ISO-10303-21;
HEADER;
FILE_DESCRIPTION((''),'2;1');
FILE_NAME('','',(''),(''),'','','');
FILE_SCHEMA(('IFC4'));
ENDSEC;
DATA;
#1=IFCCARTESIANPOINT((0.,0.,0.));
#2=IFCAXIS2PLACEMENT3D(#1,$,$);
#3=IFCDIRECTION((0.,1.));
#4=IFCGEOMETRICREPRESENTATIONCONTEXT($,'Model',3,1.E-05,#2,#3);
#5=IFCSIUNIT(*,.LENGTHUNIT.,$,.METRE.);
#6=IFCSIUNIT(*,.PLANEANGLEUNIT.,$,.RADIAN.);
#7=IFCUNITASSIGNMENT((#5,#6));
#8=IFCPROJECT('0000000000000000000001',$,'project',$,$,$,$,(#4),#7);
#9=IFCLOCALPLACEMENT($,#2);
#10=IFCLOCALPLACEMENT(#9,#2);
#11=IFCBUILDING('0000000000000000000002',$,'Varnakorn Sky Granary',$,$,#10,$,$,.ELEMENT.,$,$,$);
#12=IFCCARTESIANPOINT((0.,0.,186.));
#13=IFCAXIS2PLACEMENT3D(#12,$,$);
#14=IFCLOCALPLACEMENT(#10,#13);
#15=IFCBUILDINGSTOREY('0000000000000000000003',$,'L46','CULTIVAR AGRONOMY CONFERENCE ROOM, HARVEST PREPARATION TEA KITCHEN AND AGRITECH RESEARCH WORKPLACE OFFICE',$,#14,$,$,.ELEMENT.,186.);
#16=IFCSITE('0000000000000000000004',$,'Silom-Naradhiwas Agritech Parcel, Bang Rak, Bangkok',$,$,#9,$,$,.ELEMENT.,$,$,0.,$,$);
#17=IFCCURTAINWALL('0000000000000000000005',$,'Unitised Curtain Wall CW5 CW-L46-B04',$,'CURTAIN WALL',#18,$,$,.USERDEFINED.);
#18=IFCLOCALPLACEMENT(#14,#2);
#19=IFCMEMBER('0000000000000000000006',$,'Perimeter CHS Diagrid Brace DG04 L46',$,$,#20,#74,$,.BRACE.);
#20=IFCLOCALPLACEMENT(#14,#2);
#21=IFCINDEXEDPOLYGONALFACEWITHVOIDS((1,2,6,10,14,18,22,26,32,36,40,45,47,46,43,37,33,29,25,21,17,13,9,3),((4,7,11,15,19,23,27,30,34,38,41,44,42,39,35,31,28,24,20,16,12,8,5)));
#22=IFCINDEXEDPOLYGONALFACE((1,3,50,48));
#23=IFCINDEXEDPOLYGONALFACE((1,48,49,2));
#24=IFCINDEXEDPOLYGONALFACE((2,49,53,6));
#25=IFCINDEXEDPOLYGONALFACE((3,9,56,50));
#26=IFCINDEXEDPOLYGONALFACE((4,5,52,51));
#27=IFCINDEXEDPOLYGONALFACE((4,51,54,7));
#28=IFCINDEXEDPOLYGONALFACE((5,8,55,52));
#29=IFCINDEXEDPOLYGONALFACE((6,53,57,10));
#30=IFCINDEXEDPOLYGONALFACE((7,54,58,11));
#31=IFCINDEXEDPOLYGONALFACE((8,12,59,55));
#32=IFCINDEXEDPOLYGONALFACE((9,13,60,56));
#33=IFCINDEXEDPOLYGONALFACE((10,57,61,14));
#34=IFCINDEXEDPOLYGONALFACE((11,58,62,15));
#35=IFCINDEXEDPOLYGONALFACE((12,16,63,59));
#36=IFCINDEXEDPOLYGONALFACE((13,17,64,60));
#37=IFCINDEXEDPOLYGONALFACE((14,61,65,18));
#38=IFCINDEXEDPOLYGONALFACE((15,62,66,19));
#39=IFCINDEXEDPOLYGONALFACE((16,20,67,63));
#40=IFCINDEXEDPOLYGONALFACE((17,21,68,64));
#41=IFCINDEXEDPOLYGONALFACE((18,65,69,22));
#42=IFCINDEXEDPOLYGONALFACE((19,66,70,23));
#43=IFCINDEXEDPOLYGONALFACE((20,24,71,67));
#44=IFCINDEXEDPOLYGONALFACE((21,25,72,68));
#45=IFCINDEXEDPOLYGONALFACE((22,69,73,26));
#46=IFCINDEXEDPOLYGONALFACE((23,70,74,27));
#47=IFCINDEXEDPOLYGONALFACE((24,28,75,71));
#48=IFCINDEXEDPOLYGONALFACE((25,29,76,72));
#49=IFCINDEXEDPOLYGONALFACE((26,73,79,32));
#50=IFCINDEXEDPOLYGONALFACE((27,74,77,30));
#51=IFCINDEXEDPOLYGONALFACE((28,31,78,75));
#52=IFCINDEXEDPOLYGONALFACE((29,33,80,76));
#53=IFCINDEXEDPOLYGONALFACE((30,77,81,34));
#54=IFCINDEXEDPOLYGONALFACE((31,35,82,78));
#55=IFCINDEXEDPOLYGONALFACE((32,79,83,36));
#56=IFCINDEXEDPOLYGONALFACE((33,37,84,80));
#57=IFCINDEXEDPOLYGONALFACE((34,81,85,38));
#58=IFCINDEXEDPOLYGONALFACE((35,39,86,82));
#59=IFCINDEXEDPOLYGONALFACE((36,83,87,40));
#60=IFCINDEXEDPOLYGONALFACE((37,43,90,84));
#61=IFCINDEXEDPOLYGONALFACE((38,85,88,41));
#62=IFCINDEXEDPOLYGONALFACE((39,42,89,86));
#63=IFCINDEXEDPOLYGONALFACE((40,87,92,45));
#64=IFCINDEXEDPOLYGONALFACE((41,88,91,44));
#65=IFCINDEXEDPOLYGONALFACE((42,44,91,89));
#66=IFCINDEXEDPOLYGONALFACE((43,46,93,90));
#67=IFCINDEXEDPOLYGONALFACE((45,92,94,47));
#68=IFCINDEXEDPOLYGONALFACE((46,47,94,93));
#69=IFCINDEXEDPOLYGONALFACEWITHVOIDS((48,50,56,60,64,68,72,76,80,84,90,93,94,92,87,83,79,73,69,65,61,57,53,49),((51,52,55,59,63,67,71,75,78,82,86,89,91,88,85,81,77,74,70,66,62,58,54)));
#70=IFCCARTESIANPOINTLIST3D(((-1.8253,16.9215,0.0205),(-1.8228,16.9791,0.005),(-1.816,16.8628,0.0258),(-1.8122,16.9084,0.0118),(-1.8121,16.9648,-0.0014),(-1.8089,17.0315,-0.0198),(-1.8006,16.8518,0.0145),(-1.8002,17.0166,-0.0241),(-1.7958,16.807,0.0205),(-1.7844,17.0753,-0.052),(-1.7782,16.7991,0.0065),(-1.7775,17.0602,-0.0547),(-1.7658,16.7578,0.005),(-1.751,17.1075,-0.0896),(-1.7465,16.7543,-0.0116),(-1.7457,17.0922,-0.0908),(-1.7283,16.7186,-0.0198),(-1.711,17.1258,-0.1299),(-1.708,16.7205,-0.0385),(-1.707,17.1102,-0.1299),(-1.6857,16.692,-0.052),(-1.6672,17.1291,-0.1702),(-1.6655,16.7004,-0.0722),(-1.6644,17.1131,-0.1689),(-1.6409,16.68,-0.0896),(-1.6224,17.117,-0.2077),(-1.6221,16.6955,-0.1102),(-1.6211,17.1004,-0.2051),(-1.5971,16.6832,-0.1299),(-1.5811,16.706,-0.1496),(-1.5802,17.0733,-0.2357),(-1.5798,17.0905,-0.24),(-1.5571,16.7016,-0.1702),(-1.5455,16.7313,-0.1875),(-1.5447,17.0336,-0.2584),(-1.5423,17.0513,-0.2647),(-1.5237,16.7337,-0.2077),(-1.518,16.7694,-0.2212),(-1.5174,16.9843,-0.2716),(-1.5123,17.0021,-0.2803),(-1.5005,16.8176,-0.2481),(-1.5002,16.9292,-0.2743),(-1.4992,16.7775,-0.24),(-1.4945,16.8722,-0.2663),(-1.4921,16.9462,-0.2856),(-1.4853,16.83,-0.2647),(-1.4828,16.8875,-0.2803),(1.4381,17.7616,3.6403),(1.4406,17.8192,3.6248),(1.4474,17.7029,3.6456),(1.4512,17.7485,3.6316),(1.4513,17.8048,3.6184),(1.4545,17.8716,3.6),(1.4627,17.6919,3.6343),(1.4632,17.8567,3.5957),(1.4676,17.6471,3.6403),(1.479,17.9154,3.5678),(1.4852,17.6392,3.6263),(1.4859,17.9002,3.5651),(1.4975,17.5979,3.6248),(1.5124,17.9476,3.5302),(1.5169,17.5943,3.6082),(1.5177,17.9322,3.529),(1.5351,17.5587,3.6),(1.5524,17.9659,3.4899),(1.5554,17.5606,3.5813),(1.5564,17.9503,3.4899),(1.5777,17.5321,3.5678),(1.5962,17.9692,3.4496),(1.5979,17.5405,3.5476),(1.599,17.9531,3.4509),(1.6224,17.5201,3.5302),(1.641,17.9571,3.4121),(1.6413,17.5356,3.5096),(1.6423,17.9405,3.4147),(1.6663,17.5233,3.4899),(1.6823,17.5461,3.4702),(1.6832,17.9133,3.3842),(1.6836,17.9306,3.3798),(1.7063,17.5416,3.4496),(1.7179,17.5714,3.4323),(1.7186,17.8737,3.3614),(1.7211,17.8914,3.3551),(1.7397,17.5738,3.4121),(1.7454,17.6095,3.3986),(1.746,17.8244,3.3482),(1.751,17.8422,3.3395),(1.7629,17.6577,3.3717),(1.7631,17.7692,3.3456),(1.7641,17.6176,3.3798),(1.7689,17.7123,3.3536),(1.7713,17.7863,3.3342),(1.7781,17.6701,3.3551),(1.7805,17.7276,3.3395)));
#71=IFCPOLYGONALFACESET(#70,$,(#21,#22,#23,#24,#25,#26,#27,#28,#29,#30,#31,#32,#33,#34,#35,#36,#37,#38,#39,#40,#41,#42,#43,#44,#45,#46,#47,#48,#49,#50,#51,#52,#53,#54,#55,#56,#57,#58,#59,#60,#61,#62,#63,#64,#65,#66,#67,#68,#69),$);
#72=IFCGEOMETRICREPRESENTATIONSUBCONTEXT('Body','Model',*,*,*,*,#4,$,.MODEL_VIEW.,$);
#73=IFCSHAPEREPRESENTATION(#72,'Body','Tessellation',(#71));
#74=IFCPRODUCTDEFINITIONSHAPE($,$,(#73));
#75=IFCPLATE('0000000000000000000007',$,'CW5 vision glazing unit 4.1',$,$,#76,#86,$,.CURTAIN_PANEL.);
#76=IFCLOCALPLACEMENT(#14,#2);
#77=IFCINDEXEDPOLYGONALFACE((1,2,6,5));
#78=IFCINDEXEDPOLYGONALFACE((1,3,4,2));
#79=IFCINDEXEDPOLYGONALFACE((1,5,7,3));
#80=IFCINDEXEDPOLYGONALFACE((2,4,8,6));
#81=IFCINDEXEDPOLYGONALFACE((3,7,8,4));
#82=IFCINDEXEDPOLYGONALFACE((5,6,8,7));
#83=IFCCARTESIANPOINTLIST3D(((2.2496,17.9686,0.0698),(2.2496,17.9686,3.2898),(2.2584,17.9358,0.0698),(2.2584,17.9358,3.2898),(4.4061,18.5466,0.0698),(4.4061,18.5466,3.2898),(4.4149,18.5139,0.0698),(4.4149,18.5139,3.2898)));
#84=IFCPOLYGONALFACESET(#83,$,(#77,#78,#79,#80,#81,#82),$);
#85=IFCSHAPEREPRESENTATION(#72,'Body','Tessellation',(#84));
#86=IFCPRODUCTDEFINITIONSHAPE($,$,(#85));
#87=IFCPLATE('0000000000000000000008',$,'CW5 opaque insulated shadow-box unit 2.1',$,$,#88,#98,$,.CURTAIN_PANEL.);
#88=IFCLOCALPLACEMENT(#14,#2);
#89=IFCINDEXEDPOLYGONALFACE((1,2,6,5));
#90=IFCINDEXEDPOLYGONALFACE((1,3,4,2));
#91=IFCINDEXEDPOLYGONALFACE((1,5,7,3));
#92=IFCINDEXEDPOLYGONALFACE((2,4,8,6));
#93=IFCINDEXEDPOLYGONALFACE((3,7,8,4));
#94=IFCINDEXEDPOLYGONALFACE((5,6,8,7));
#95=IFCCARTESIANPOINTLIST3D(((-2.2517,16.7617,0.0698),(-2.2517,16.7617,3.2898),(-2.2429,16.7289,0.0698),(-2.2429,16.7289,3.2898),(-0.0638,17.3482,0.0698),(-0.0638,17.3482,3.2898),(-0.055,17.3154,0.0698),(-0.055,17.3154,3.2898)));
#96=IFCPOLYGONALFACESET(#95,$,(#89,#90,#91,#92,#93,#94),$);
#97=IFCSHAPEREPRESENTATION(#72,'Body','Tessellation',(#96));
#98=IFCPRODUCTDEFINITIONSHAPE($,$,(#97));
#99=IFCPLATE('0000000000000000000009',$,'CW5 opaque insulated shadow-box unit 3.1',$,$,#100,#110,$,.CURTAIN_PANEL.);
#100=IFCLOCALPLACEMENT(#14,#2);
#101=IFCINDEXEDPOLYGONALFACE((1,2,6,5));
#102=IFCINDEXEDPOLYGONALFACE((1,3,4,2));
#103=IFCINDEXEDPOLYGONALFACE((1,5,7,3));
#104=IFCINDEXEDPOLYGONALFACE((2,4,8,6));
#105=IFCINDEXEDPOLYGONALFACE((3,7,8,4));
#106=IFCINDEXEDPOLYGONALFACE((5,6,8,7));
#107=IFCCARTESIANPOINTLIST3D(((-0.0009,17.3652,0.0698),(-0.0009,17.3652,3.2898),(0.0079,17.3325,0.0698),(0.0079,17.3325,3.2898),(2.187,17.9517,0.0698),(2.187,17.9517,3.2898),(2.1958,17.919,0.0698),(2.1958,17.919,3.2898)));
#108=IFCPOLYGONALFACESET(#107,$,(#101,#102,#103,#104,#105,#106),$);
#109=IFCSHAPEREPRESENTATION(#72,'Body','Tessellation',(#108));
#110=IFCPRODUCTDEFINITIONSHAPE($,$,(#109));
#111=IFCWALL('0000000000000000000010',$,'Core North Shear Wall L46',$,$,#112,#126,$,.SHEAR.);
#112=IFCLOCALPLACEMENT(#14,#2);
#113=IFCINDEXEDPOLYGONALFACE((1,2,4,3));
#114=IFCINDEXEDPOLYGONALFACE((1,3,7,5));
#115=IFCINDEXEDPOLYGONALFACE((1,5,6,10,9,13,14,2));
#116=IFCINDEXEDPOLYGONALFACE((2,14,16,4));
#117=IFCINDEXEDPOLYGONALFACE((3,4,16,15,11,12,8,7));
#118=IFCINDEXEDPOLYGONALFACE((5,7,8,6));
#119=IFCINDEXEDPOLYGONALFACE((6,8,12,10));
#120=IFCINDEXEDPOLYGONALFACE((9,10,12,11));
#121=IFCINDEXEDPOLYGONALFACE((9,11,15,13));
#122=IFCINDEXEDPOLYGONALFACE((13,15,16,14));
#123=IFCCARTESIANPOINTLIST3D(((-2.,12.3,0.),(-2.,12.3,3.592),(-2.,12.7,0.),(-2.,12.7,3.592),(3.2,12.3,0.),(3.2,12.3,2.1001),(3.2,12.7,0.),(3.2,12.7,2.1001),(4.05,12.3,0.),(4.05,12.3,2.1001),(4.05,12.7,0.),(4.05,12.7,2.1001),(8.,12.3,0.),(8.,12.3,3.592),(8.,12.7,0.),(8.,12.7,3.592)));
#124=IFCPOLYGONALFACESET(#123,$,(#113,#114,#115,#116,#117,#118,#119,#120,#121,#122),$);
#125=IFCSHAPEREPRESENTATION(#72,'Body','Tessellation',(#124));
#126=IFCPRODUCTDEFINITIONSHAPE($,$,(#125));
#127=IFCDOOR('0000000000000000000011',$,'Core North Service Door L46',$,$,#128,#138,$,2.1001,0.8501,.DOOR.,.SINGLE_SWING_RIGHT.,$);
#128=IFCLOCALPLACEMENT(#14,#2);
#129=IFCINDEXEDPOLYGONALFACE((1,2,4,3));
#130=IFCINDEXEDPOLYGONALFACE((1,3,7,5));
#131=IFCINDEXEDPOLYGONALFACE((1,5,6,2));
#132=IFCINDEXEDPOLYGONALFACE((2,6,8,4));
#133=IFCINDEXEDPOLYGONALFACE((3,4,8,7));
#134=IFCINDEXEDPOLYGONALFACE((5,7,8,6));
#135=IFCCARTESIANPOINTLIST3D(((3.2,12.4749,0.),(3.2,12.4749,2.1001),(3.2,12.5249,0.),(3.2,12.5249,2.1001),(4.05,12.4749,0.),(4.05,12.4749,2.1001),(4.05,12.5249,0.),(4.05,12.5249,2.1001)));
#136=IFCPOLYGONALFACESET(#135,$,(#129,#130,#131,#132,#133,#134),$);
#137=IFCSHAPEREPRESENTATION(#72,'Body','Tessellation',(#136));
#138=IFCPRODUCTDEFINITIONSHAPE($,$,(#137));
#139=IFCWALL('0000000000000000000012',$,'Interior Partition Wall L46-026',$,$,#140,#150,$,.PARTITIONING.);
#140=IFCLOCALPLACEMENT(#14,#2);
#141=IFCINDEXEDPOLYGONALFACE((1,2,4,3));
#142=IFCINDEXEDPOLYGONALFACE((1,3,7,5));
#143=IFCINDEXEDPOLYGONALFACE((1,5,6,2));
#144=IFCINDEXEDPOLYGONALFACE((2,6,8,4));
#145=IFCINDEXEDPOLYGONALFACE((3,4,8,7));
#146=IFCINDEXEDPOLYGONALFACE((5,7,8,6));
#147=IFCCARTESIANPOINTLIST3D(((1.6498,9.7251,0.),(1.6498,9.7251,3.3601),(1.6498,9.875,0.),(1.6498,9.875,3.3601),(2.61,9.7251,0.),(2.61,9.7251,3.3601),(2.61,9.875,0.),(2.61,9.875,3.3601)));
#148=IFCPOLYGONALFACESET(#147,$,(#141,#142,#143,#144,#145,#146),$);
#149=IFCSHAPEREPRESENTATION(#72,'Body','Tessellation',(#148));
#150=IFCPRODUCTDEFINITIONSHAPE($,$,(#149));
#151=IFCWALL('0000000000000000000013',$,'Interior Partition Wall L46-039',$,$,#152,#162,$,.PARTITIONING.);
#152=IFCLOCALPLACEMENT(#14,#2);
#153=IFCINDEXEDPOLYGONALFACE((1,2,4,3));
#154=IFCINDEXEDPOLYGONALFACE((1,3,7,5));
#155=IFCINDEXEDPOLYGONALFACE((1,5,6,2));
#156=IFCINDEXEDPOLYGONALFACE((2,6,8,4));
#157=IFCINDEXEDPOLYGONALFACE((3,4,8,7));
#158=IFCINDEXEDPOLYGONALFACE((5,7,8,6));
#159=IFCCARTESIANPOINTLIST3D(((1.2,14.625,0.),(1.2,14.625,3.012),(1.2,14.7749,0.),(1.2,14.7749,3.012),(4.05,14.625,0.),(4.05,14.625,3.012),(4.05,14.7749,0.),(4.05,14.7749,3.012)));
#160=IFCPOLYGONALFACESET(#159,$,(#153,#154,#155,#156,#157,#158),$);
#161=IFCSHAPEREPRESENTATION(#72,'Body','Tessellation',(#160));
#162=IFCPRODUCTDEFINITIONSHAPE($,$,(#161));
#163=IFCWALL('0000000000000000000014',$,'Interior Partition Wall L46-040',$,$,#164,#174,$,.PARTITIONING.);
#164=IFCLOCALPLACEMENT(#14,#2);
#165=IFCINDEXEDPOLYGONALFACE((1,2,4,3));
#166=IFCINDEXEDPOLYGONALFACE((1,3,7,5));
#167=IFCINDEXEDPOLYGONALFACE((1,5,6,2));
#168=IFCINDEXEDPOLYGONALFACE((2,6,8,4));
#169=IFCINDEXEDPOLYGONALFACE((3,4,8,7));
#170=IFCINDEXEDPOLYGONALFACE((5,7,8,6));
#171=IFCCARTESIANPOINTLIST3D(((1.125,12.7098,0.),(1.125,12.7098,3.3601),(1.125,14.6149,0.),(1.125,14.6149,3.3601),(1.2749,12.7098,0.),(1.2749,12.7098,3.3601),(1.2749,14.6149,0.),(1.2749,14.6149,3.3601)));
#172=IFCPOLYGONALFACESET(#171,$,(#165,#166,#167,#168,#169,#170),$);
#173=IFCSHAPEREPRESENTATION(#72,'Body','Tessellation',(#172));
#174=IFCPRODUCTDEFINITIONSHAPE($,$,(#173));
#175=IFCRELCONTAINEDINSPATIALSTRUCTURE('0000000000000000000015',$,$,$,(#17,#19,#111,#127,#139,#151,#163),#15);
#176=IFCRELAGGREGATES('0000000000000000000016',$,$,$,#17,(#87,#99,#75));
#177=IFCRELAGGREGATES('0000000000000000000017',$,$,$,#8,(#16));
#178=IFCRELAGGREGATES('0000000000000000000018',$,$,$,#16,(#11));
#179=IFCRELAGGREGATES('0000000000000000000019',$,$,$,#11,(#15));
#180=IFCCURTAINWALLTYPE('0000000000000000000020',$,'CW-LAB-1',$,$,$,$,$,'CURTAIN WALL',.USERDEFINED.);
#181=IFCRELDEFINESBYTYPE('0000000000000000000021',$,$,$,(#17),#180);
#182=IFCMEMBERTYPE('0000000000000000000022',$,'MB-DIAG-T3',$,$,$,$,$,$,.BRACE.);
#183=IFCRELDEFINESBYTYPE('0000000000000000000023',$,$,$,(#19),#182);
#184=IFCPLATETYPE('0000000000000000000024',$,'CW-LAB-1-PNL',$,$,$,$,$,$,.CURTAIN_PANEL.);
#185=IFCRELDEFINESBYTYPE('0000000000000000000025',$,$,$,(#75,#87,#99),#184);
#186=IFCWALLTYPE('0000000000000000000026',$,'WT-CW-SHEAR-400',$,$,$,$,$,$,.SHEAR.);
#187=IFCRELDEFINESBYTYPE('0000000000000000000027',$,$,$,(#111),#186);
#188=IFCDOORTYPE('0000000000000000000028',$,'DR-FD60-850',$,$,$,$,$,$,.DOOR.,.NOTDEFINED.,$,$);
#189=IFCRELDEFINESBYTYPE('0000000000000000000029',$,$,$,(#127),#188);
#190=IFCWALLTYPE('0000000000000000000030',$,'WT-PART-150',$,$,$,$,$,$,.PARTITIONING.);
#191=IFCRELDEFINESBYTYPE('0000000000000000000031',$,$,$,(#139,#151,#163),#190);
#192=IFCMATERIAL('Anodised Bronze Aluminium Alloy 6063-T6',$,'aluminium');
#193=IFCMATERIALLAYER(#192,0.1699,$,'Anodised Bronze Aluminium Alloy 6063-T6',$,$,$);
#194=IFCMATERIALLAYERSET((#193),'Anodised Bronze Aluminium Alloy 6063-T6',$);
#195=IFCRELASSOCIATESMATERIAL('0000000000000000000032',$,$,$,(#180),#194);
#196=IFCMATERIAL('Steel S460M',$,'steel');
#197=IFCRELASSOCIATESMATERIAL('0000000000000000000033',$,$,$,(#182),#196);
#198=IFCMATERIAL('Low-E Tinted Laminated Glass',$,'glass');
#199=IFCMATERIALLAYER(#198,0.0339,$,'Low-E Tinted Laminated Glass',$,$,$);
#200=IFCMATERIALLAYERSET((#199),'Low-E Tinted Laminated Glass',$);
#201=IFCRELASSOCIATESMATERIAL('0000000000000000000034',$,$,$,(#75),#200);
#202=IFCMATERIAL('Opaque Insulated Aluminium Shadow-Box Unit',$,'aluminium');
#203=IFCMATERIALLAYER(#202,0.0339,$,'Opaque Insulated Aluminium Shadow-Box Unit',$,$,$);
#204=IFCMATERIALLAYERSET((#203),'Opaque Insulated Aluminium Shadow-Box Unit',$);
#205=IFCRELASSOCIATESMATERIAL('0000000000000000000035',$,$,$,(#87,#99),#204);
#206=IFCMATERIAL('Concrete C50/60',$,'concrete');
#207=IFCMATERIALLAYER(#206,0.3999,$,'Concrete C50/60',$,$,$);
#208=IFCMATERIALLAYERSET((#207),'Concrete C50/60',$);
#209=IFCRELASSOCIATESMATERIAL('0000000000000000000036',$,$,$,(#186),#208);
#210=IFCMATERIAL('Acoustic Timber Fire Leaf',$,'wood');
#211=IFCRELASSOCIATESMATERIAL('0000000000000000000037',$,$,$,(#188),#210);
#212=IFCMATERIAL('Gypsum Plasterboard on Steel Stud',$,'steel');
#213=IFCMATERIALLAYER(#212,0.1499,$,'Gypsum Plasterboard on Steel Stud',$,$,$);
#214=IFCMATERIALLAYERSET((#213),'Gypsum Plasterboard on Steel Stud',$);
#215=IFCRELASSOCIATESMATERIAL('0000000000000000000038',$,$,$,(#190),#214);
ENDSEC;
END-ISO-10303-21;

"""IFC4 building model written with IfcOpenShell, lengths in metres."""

from ifc_helpers import new_model, si_unit, direction, frame, frame_2d, origin, origin_2d, place, context, subcontext, project, spatial, rectangle, hollow_circle, extrude, source, transform, mapped, material, layer, layer_set, material_profile, profile_set, type_object, type_shapes, element, fill, aggregate, save


model = new_model("IFC4")

# Units and contexts
model_context = context("Model", 3, precision=1e-05, world=origin(), true_north=direction((0.0, 1.0)))
body_context = subcontext(model_context, "Body", "Model", "MODEL_VIEW")
ifc_project = project(units=[si_unit("LENGTHUNIT", "METRE"), si_unit("PLANEANGLEUNIT", "RADIAN")], contexts=[model_context])

# Site, building, storey
site_placement = place(None, origin())
site = spatial("IfcSite", under=ifc_project, at=site_placement, Name="Silom-Naradhiwas Agritech Parcel, Bang Rak, Bangkok", CompositionType="ELEMENT", RefElevation=0.0)
building_placement = place(site_placement, origin())
building = spatial("IfcBuilding", under=site, at=building_placement, Name="Varnakorn Sky Granary", CompositionType="ELEMENT")
storey_placement = place(building_placement, frame((0.0, 0.0, 186.0)))
storey = spatial("IfcBuildingStorey", under=building, at=storey_placement, Name="L46", Description="CULTIVAR AGRONOMY CONFERENCE ROOM, HARVEST PREPARATION TEA KITCHEN AND AGRITECH RESEARCH WORKPLACE OFFICE", CompositionType="ELEMENT", Elevation=186.0)

# Curtain wall
ifc_material_1 = material(Name="Anodised Bronze Aluminium Alloy 6063-T6", Category="aluminium")
ifc_layer_1 = layer(ifc_material_1, 0.1699, Name="Anodised Bronze Aluminium Alloy 6063-T6")
ifc_layer_set_1 = layer_set([ifc_layer_1], Name="Anodised Bronze Aluminium Alloy 6063-T6")
curtain_wall_type = type_object("IfcCurtainWallType", Name="CW-LAB-1", ElementType="CURTAIN WALL", PredefinedType="USERDEFINED", material=ifc_layer_set_1)
curtain_wall_placement = place(storey_placement, origin())
curtain_wall = element("IfcCurtainWall", 1, at=curtain_wall_placement, inside=storey, type_object=curtain_wall_type, Name="Unitised Curtain Wall CW5 CW-L46-B04", ObjectType="CURTAIN WALL", PredefinedType="USERDEFINED")

# Member
ifc_material_2 = material(Name="Steel S460M", Category="steel")
ifc_material_profile_1 = material_profile(ifc_material_2, hollow_circle(Radius=0.2285, WallThickness=0.0161, at=origin_2d()), Name="CHS 457x16")
ifc_profile_set_1 = profile_set([ifc_material_profile_1], Name="Steel S460M")
member_type_1 = type_object("IfcMemberType", Name="MB-DIAG-T3", PredefinedType="BRACE", material=ifc_profile_set_1)
member_1_placement = place(storey_placement, frame((-1.6541, 16.9045, -0.1299), z_axis=(0.659862, 0.169865, 0.731935), x_axis=(-0.249297, 0.968427, 0.0)))
element("IfcMember", 2, at=member_1_placement, inside=storey, type_object=member_type_1, Name="Perimeter CHS Diagrid Brace DG04 L46", PredefinedType="BRACE", context=body_context, shape_type="SweptSolid", body=[
    extrude(hollow_circle(Radius=0.2285, WallThickness=0.0161, at=origin_2d()), origin(), (0.0, 0.0, 1.0), 4.9456),
])

# Plates
ifc_material_3 = material(Name="Low-E Tinted Laminated Glass", Category="glass")
ifc_layer_2 = layer(ifc_material_3, 0.0339, Name="Low-E Tinted Laminated Glass")
ifc_layer_set_2 = layer_set([ifc_layer_2], Name="Low-E Tinted Laminated Glass")
plate_type = type_object("IfcPlateType", Name="CW-LAB-1-PNL", PredefinedType="CURTAIN_PANEL")
shared_shape_1 = source(origin(), body_context, "Body", "SweptSolid", [
    extrude(rectangle(XDim=2.2327, YDim=0.0339, at=origin_2d()), origin(), (0.0, 0.0, 1.0), 3.22),
])
plate_1_placement = place(storey_placement, frame((3.3323, 18.2412, 0.0698), z_axis=(0.0, 0.0, 1.0), x_axis=(0.965897, 0.258925, 0.0)))
plate_1 = element("IfcPlate", 3, at=plate_1_placement, type_object=plate_type, material=ifc_layer_set_2, Name="CW5 vision glazing unit 4.1", PredefinedType="CURTAIN_PANEL", context=body_context, shape_type="MappedRepresentation", body=[
    mapped(shared_shape_1, transform((0.0, 0.0, 0.0), x_axis=(1.0, 0.0, 0.0), y_axis=(0.0, 1.0, 0.0), z_axis=(0.0, 0.0, 1.0), scale=1.0)),
])
ifc_material_4 = material(Name="Opaque Insulated Aluminium Shadow-Box Unit", Category="aluminium")
ifc_layer_3 = layer(ifc_material_4, 0.0339, Name="Opaque Insulated Aluminium Shadow-Box Unit")
ifc_layer_set_3 = layer_set([ifc_layer_3], Name="Opaque Insulated Aluminium Shadow-Box Unit")
shared_shape_2 = source(origin(), body_context, "Body", "SweptSolid", [
    extrude(rectangle(XDim=2.2651, YDim=0.0339, at=origin_2d()), origin(), (0.0, 0.0, 1.0), 3.22),
])
type_shapes(plate_type, [shared_shape_1, shared_shape_2])
plate_2_placement = place(storey_placement, frame((-1.1533, 17.0386, 0.0698), z_axis=(0.0, 0.0, 1.0), x_axis=(0.965897, 0.258925, 0.0)))
plate_2 = element("IfcPlate", 4, at=plate_2_placement, type_object=plate_type, material=ifc_layer_set_3, Name="CW5 opaque insulated shadow-box unit 2.1", PredefinedType="CURTAIN_PANEL", context=body_context, shape_type="MappedRepresentation", body=[
    mapped(shared_shape_2, transform((0.0, 0.0, 0.0), x_axis=(1.0, 0.0, 0.0), y_axis=(0.0, 1.0, 0.0), z_axis=(0.0, 0.0, 1.0), scale=1.0)),
])
plate_3_placement = place(storey_placement, frame((1.0974, 17.6421, 0.0698), z_axis=(0.0, 0.0, 1.0), x_axis=(0.965897, 0.258925, 0.0)))
plate_3 = element("IfcPlate", 5, at=plate_3_placement, type_object=plate_type, material=ifc_layer_set_3, Name="CW5 opaque insulated shadow-box unit 3.1", PredefinedType="CURTAIN_PANEL", context=body_context, shape_type="MappedRepresentation", body=[
    mapped(shared_shape_2, transform((0.0, 0.0, 0.0), x_axis=(1.0, 0.0, 0.0), y_axis=(0.0, 1.0, 0.0), z_axis=(0.0, 0.0, 1.0), scale=1.0)),
])
aggregate(curtain_wall, [plate_2, plate_3, plate_1])

# Wall, opening, door
ifc_material_5 = material(Name="Concrete C50/60", Category="concrete")
ifc_layer_4 = layer(ifc_material_5, 0.3999, Name="Concrete C50/60")
ifc_layer_set_4 = layer_set([ifc_layer_4], Name="Concrete C50/60")
wall_type_1 = type_object("IfcWallType", Name="WT-CW-SHEAR-400", PredefinedType="SHEAR", material=ifc_layer_set_4)
wall_1_placement = place(storey_placement, frame((-2.0, 12.5, 0.0), z_axis=(0.0, 0.0, 1.0), x_axis=(1.0, 0.0, 0.0)))
wall_1 = element("IfcWall", 6, at=wall_1_placement, inside=storey, type_object=wall_type_1, Name="Core North Shear Wall L46", PredefinedType="SHEAR", context=body_context, shape_type="SweptSolid", body=[
    extrude(rectangle(XDim=10.0, YDim=0.3999, at=frame_2d((5.0, 0.0))), origin(), (0.0, 0.0, 1.0), 3.592),
])
opening_placement = place(wall_1_placement, frame((5.2, 0.0, 0.0)))
opening = element("IfcOpeningElement", 7, at=opening_placement, cuts=wall_1, PredefinedType="OPENING", context=body_context, shape_type="SweptSolid", body=[
    extrude(rectangle(XDim=0.8501, YDim=2.1001, at=frame_2d((0.425, 1.05))), frame((0.0, 0.21, 0.0), z_axis=(0.0, -1.0, 0.0), x_axis=(1.0, 0.0, 0.0)), (0.0, 0.0, 1.0), 0.4199),
])
ifc_material_6 = material(Name="Acoustic Timber Fire Leaf", Category="wood")
door_type = type_object("IfcDoorType", Name="DR-FD60-850", OperationType="NOTDEFINED", PredefinedType="DOOR", material=ifc_material_6)
door_placement = place(opening_placement, origin())
door = element("IfcDoor", 8, at=door_placement, inside=storey, type_object=door_type, Name="Core North Service Door L46", OperationType="SINGLE_SWING_RIGHT", OverallHeight=2.1001, OverallWidth=0.8501, PredefinedType="DOOR", context=body_context, shape_type="SweptSolid", body=[
    extrude(rectangle(XDim=0.8501, YDim=2.1001, at=frame_2d((0.425, 1.05))), frame((0.0, 0.0249, 0.0), z_axis=(0.0, -1.0, 0.0), x_axis=(1.0, 0.0, 0.0)), (0.0, 0.0, 1.0), 0.05),
])
fill(opening, door)

# Walls
ifc_material_7 = material(Name="Gypsum Plasterboard on Steel Stud", Category="steel")
ifc_layer_5 = layer(ifc_material_7, 0.1499, Name="Gypsum Plasterboard on Steel Stud")
ifc_layer_set_5 = layer_set([ifc_layer_5], Name="Gypsum Plasterboard on Steel Stud")
wall_type_2 = type_object("IfcWallType", Name="WT-PART-150", PredefinedType="PARTITIONING", material=ifc_layer_set_5)
wall_2_placement = place(storey_placement, frame((1.6499, 9.8, 0.0), z_axis=(0.0, 0.0, 1.0), x_axis=(1.0, 0.0, 0.0)))
element("IfcWall", 9, at=wall_2_placement, inside=storey, type_object=wall_type_2, Name="Interior Partition Wall L46-026", PredefinedType="PARTITIONING", context=body_context, shape_type="SweptSolid", body=[
    extrude(rectangle(XDim=0.9602, YDim=0.1499, at=frame_2d((0.48, 0.0))), origin(), (0.0, 0.0, 1.0), 3.3601),
])
wall_3_placement = place(storey_placement, frame((4.05, 14.7, 0.0), z_axis=(0.0, 0.0, 1.0), x_axis=(-1.0, 0.0, 0.0)))
element("IfcWall", 10, at=wall_3_placement, inside=storey, type_object=wall_type_2, Name="Interior Partition Wall L46-039", PredefinedType="PARTITIONING", context=body_context, shape_type="SweptSolid", body=[
    extrude(rectangle(XDim=2.8501, YDim=0.1499, at=frame_2d((1.425, 0.0))), origin(), (0.0, 0.0, 1.0), 3.012),
])
wall_4_placement = place(storey_placement, frame((1.2, 14.615, 0.0), z_axis=(0.0, 0.0, 1.0), x_axis=(0.0, -1.0, 0.0)))
element("IfcWall", 11, at=wall_4_placement, inside=storey, type_object=wall_type_2, Name="Interior Partition Wall L46-040", PredefinedType="PARTITIONING", context=body_context, shape_type="SweptSolid", body=[
    extrude(rectangle(XDim=1.905, YDim=0.1499, at=frame_2d((0.9526, 0.0))), origin(), (0.0, 0.0, 1.0), 3.3601),
])

save(model, "model.ifc")
